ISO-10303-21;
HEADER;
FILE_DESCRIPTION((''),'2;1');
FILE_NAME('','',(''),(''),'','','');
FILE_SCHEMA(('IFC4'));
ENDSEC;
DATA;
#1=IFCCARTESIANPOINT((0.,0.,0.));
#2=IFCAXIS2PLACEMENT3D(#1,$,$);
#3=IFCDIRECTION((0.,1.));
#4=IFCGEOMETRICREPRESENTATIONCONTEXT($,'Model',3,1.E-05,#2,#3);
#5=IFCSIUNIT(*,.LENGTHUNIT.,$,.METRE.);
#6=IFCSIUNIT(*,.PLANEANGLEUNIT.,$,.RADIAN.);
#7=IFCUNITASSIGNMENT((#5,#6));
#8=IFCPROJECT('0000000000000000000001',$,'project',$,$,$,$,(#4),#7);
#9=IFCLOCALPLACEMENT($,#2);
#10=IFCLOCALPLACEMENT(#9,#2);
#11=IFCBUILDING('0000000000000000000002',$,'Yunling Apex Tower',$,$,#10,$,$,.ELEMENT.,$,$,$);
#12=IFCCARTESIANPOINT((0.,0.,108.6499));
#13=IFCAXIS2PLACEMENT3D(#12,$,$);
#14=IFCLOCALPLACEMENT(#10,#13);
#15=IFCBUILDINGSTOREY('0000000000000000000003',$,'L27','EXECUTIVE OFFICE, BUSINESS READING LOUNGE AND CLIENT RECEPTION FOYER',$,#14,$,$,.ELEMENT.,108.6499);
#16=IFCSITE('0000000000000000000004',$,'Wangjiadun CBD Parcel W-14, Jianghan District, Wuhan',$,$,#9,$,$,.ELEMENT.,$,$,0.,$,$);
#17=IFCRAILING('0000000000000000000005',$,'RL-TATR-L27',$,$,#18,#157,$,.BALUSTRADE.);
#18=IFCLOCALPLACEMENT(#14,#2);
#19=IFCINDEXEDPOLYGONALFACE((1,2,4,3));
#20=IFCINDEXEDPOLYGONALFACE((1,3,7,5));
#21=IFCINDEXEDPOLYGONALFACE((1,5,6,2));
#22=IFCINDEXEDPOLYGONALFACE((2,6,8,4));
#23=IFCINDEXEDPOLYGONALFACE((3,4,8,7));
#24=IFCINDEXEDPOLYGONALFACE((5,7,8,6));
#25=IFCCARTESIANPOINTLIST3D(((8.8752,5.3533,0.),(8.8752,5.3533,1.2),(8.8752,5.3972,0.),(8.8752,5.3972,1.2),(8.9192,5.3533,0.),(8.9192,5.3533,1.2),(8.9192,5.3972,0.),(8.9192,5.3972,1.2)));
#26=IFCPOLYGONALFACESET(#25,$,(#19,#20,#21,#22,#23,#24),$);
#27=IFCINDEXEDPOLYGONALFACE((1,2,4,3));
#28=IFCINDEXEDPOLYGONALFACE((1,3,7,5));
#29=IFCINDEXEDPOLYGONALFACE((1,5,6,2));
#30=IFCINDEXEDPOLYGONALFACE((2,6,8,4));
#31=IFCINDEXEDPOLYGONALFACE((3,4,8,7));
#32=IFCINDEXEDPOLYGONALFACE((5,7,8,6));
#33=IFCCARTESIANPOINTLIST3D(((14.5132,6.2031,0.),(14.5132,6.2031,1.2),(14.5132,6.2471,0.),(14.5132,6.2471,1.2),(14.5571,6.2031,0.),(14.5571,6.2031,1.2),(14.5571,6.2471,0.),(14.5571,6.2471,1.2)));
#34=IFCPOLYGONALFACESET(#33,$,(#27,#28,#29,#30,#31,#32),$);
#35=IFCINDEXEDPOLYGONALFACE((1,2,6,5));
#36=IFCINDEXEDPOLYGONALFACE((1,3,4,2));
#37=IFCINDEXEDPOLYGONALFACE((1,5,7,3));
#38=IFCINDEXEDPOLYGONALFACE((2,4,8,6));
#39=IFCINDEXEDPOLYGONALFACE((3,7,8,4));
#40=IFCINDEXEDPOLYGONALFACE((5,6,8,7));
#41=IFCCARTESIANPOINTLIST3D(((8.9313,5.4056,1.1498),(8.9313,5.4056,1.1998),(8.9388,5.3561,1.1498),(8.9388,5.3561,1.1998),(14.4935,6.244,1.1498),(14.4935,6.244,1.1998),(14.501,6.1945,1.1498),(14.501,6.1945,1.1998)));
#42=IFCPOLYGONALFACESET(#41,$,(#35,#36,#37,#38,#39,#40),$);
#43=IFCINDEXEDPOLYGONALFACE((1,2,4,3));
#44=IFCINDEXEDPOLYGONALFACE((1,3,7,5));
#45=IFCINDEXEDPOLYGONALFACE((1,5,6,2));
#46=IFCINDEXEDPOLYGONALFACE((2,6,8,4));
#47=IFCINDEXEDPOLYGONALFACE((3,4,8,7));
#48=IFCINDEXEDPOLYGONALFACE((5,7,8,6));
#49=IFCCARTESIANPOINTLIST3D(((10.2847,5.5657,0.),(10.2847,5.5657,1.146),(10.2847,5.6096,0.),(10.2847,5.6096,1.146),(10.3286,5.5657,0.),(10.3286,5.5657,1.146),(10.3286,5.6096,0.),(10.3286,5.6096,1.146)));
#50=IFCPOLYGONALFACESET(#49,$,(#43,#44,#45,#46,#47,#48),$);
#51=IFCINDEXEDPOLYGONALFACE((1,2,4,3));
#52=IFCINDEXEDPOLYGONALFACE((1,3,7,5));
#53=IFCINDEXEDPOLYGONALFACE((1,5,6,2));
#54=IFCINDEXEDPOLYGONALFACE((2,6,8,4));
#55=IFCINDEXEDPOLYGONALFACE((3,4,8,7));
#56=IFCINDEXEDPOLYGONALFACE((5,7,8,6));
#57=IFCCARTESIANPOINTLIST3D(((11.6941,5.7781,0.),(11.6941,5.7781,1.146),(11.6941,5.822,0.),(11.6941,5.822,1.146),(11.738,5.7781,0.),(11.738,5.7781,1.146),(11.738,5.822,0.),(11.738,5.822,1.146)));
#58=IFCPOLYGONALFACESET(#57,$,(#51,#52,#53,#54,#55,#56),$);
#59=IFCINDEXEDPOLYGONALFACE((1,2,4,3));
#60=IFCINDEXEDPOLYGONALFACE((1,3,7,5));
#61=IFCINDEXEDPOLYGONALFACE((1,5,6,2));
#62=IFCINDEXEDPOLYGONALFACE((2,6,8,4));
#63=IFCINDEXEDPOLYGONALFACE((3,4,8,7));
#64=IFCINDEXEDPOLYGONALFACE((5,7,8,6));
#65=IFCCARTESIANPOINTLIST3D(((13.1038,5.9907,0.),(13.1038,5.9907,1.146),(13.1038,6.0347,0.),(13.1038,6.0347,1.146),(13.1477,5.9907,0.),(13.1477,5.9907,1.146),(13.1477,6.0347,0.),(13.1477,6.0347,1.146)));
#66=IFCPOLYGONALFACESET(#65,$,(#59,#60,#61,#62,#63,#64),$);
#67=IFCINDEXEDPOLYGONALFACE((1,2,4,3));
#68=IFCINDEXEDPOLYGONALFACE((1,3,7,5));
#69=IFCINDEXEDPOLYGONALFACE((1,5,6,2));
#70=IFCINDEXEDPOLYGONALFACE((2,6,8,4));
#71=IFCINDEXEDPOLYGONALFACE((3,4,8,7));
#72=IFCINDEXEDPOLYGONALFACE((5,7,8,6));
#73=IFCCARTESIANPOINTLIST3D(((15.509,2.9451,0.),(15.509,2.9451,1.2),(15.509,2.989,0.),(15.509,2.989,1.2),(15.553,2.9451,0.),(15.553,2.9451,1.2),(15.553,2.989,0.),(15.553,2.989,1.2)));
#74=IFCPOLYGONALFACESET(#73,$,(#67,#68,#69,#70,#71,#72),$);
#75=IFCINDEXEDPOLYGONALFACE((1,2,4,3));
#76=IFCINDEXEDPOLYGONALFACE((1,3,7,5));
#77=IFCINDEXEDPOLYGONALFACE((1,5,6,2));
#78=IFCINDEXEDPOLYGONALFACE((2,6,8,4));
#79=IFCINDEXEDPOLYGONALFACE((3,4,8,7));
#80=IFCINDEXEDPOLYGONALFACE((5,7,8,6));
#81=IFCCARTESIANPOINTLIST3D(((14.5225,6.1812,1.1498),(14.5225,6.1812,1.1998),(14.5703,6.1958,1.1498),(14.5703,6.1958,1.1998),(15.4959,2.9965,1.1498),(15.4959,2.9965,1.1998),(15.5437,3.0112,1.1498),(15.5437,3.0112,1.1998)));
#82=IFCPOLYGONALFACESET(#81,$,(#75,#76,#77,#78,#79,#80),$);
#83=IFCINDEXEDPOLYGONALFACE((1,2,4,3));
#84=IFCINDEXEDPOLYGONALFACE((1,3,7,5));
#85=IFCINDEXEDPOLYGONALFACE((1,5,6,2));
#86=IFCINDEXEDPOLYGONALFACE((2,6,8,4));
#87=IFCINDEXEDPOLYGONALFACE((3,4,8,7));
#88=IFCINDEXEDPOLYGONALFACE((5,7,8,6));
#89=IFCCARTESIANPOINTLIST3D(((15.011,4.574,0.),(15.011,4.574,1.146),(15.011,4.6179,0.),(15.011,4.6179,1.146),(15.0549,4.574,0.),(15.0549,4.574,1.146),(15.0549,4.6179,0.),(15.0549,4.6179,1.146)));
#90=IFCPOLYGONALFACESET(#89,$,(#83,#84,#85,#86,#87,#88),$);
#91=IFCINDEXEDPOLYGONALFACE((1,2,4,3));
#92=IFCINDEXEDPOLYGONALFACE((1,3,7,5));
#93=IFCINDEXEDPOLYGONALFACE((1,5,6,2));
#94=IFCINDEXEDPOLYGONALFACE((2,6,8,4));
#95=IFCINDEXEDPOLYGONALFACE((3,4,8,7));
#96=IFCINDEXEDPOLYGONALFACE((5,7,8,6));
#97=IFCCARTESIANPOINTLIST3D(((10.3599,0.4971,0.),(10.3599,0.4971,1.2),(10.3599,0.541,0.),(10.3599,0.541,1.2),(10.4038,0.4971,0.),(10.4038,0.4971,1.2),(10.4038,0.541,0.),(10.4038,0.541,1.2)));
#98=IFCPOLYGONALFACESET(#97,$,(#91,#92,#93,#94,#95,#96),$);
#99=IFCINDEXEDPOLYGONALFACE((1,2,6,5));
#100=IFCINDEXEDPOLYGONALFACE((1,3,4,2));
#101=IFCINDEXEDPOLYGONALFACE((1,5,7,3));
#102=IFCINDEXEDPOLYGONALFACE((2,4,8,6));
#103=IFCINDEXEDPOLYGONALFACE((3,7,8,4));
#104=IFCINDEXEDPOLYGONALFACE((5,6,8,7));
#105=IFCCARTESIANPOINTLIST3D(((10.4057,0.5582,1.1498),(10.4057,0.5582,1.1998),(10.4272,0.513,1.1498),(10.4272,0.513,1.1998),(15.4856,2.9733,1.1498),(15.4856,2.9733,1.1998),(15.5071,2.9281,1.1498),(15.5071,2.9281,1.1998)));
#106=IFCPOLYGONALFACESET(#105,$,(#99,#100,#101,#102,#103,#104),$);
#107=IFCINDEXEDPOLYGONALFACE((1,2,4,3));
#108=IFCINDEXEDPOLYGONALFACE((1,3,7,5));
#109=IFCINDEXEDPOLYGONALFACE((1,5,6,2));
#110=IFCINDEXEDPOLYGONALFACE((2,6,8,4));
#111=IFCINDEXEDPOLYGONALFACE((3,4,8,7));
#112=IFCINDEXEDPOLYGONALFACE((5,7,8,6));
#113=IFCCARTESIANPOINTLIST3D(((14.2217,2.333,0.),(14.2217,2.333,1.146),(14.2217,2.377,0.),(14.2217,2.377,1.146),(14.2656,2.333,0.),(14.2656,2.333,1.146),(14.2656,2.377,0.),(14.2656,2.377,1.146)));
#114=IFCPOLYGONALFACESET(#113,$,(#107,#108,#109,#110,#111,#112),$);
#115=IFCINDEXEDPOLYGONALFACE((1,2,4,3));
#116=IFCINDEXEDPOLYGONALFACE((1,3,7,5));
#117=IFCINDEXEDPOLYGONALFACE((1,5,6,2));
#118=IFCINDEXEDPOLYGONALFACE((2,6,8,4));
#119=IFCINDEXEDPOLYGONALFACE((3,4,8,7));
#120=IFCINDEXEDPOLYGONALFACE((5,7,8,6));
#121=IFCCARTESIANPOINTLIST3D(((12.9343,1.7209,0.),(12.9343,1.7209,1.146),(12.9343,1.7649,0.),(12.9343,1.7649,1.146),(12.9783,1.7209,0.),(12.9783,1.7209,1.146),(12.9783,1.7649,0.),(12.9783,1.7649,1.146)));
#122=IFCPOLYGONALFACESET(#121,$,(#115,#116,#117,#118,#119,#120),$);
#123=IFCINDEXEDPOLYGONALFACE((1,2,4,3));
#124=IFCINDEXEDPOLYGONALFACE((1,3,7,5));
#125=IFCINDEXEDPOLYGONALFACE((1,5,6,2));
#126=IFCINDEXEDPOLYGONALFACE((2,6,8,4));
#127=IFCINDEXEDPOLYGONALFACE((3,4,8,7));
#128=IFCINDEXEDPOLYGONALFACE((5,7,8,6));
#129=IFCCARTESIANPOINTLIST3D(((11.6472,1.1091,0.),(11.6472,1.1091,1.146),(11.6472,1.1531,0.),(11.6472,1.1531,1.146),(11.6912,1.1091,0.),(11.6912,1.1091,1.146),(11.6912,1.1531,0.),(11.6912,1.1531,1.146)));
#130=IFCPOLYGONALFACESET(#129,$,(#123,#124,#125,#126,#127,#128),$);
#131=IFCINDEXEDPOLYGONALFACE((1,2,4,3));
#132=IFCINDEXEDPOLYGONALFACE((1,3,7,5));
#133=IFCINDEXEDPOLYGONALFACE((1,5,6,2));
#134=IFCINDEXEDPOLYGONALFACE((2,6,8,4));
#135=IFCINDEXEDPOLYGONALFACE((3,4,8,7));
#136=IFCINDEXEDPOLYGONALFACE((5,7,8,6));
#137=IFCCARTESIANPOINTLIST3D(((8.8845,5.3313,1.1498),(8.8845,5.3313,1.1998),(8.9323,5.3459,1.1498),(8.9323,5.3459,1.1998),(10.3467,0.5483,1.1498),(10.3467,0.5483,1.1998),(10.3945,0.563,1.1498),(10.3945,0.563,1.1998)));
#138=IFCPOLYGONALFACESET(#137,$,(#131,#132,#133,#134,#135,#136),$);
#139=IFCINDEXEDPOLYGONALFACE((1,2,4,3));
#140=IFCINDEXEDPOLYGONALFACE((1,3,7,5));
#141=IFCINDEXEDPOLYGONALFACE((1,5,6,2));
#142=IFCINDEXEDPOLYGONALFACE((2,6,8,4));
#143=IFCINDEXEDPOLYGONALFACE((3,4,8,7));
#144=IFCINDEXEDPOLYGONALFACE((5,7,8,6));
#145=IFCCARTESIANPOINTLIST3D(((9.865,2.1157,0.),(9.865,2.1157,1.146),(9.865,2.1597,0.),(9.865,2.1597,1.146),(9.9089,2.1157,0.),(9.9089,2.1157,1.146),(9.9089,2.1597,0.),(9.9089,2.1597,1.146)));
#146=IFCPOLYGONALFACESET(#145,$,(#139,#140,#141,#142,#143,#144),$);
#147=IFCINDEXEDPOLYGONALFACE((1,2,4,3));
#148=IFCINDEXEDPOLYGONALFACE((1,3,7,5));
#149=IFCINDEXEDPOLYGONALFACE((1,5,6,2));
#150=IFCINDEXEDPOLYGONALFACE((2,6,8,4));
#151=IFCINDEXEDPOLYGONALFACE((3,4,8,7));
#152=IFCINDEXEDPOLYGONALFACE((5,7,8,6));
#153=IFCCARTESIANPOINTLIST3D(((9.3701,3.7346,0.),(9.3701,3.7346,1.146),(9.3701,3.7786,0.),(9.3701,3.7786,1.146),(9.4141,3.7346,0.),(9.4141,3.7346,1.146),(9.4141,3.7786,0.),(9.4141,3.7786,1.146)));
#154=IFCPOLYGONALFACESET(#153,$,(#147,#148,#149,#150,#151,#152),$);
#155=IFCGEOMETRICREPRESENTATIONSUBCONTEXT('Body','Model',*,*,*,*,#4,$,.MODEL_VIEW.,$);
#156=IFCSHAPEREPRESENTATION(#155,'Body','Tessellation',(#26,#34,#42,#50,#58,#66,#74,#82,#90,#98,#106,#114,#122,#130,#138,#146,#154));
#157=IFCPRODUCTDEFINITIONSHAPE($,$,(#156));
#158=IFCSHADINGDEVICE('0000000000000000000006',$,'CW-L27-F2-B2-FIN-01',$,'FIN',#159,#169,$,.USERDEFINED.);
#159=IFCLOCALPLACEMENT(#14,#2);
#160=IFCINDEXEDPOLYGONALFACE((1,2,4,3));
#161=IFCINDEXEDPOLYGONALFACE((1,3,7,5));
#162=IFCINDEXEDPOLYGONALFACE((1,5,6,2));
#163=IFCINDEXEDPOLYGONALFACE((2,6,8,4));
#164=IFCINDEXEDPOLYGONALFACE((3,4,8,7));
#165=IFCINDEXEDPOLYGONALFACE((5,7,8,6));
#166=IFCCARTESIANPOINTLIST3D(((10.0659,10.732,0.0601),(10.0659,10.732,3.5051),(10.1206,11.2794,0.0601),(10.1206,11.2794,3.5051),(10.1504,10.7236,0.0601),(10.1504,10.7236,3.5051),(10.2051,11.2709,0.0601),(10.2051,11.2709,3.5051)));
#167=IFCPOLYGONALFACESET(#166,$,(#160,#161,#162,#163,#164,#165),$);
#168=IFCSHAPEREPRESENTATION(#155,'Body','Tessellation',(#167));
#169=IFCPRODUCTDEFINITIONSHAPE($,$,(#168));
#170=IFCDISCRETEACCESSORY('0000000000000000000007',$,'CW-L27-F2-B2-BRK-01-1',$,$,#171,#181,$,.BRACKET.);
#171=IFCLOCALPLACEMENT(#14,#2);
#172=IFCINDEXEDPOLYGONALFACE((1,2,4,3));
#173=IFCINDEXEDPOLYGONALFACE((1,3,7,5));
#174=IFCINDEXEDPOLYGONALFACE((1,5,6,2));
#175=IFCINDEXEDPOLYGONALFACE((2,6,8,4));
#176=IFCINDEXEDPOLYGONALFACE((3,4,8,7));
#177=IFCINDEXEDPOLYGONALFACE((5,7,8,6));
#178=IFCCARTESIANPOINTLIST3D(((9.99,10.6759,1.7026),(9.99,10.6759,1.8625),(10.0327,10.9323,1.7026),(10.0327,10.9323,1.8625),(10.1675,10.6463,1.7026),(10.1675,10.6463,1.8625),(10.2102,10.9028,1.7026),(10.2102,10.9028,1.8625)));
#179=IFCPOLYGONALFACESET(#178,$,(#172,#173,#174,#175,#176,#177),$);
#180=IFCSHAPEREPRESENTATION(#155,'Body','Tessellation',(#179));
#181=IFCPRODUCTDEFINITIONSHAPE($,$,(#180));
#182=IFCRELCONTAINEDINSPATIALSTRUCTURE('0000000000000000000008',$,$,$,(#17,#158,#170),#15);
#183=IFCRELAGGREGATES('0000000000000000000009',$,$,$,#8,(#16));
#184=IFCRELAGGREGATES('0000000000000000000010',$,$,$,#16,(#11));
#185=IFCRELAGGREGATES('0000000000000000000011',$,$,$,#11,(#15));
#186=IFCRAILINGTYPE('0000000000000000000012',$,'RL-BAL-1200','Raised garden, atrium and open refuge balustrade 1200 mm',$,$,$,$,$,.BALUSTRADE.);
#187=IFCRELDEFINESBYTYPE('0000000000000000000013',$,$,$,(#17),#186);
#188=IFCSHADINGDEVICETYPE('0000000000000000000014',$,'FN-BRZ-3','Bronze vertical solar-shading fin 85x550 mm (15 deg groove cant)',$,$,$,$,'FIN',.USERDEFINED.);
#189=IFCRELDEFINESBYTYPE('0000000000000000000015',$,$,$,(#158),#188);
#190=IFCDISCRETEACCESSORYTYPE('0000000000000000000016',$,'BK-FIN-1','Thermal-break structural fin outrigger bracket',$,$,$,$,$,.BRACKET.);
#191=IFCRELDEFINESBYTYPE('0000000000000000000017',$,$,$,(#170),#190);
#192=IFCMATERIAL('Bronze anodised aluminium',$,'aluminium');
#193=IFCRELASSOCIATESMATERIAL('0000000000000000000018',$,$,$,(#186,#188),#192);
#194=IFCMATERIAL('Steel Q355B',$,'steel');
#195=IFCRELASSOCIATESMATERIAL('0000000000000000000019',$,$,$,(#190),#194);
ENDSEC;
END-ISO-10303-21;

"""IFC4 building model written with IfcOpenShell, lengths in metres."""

from ifc_helpers import new_model, si_unit, direction, frame, origin, origin_2d, place, context, subcontext, project, spatial, rectangle, extrude, source, transform, mapped, material, material_profile, profile_set, type_object, element, save


model = new_model("IFC4")

# Units and contexts
model_context = context("Model", 3, precision=1e-05, world=origin(), true_north=direction((0.0, 1.0)))
body_context = subcontext(model_context, "Body", "Model", "MODEL_VIEW")
ifc_project = project(units=[si_unit("LENGTHUNIT", "METRE"), si_unit("PLANEANGLEUNIT", "RADIAN")], contexts=[model_context])

# Site, building, storey
site_placement = place(None, origin())
site = spatial("IfcSite", under=ifc_project, at=site_placement, Name="Wangjiadun CBD Parcel W-14, Jianghan District, Wuhan", CompositionType="ELEMENT", RefElevation=0.0)
building_placement = place(site_placement, origin())
building = spatial("IfcBuilding", under=site, at=building_placement, Name="Yunling Apex Tower", CompositionType="ELEMENT")
storey_placement = place(building_placement, frame((0.0, 0.0, 108.6499)))
storey = spatial("IfcBuildingStorey", under=building, at=storey_placement, Name="L27", Description="EXECUTIVE OFFICE, BUSINESS READING LOUNGE AND CLIENT RECEPTION FOYER", CompositionType="ELEMENT", Elevation=108.6499)

# Shared definitions
ifc_material_1 = material(Name="Steel Q355B", Category="steel")

# Shared definitions
ifc_material_2 = material(Name="Bronze anodised aluminium", Category="aluminium")

# Railing
railing_type = type_object("IfcRailingType", Name="RL-BAL-1200", Description="Raised garden, atrium and open refuge balustrade 1200 mm", PredefinedType="BALUSTRADE", material=ifc_material_2)
railing_placement = place(storey_placement, frame((8.8972, 5.3752, 0.0)))
element("IfcRailing", 1, at=railing_placement, inside=storey, type_object=railing_type, Name="RL-TATR-L27", PredefinedType="BALUSTRADE", context=body_context, shape_type="SweptSolid", body=[
    extrude(rectangle(XDim=0.0439, YDim=0.0439, at=origin_2d()), origin(), (0.0, 0.0, 1.0), 1.2),
    extrude(rectangle(XDim=0.0439, YDim=0.0439, at=origin_2d()), frame((5.6379, 0.8499, 0.0)), (0.0, 0.0, 1.0), 1.2),
    extrude(rectangle(XDim=0.05, YDim=0.05, at=origin_2d()), frame((0.0378, 0.0056, 1.1748), z_axis=(0.988829, 0.149054, 0.0), x_axis=(-0.149054, 0.988829, 0.0)), (0.0, 0.0, 1.0), 5.625),
    extrude(rectangle(XDim=0.0439, YDim=0.0439, at=origin_2d()), frame((1.4094, 0.2124, 0.0)), (0.0, 0.0, 1.0), 1.146),
    extrude(rectangle(XDim=0.0439, YDim=0.0439, at=origin_2d()), frame((2.8188, 0.4248, 0.0)), (0.0, 0.0, 1.0), 1.146),
    extrude(rectangle(XDim=0.0439, YDim=0.0439, at=origin_2d()), frame((4.2285, 0.6375, 0.0)), (0.0, 0.0, 1.0), 1.146),
    extrude(rectangle(XDim=0.0439, YDim=0.0439, at=origin_2d()), frame((6.6338, -2.4082, 0.0)), (0.0, 0.0, 1.0), 1.2),
    extrude(rectangle(XDim=0.05, YDim=0.05, at=origin_2d()), frame((5.6492, 0.8132, 1.1748), z_axis=(0.292308, -0.956324, 0.0), x_axis=(0.956324, 0.292308, 0.0)), (0.0, 0.0, 1.0), 3.3301),
    extrude(rectangle(XDim=0.0439, YDim=0.0439, at=origin_2d()), frame((6.1357, -0.7793, 0.0)), (0.0, 0.0, 1.0), 1.146),
    extrude(rectangle(XDim=0.0439, YDim=0.0439, at=origin_2d()), frame((1.4846, -4.8562, 0.0)), (0.0, 0.0, 1.0), 1.2),
    extrude(rectangle(XDim=0.05, YDim=0.05, at=origin_2d()), frame((6.5991, -2.4246, 1.1748), z_axis=(-0.903132, -0.429363, 0.0), x_axis=(0.429363, -0.903132, 0.0)), (0.0, 0.0, 1.0), 5.6248),
    extrude(rectangle(XDim=0.0439, YDim=0.0439, at=origin_2d()), frame((5.3464, -3.0203, 0.0)), (0.0, 0.0, 1.0), 1.146),
    extrude(rectangle(XDim=0.0439, YDim=0.0439, at=origin_2d()), frame((4.0591, -3.6323, 0.0)), (0.0, 0.0, 1.0), 1.146),
    extrude(rectangle(XDim=0.0439, YDim=0.0439, at=origin_2d()), frame((2.772, -4.2441, 0.0)), (0.0, 0.0, 1.0), 1.146),
    extrude(rectangle(XDim=0.05, YDim=0.05, at=origin_2d()), frame((1.4734, -4.8196, 1.1748), z_axis=(-0.292359, 0.956309, 0.0), x_axis=(-0.956309, -0.292359, 0.0)), (0.0, 0.0, 1.0), 5.0015),
    extrude(rectangle(XDim=0.0439, YDim=0.0439, at=origin_2d()), frame((0.9897, -3.2375, 0.0)), (0.0, 0.0, 1.0), 1.146),
    extrude(rectangle(XDim=0.0439, YDim=0.0439, at=origin_2d()), frame((0.4949, -1.6187, 0.0)), (0.0, 0.0, 1.0), 1.146),
])

# Shading device
ifc_material_profile_1 = material_profile(ifc_material_2, rectangle(XDim=0.085, YDim=0.55, at=origin_2d()))
ifc_profile_set_1 = profile_set([ifc_material_profile_1], Name="Bronze anodised aluminium")
shading_device_type = type_object("IfcShadingDeviceType", Name="FN-BRZ-3", Description="Bronze vertical solar-shading fin 85x550 mm (15 deg groove cant)", ElementType="FIN", PredefinedType="USERDEFINED", material=ifc_profile_set_1)
shared_shape_1 = source(origin(), body_context, "Body", "SweptSolid", [
    extrude(rectangle(XDim=0.085, YDim=0.55, at=origin_2d()), origin(), (0.0, 0.0, 1.0), 3.4451),
])
shading_device_placement = place(storey_placement, frame((10.1355, 11.0015, 0.0601), z_axis=(0.0, 0.0, 1.0), x_axis=(-0.995038, 0.099493, 0.0)))
element("IfcShadingDevice", 2, at=shading_device_placement, inside=storey, type_object=shading_device_type, Name="CW-L27-F2-B2-FIN-01", ObjectType="FIN", PredefinedType="USERDEFINED", context=body_context, shape_type="MappedRepresentation", body=[
    mapped(shared_shape_1, transform((0.0, 0.0, 0.0), scale=1.0)),
])

# Discrete accessory
discrete_accessory_type = type_object("IfcDiscreteAccessoryType", Name="BK-FIN-1", Description="Thermal-break structural fin outrigger bracket", PredefinedType="BRACKET", material=ifc_material_1)
shared_shape_2 = source(origin(), body_context, "Body", "SweptSolid", [
    extrude(rectangle(XDim=0.1799, YDim=0.26, at=origin_2d()), origin(), (0.0, 0.0, 1.0), 0.1599),
])
discrete_accessory_placement = place(storey_placement, frame((10.1001, 10.7893, 1.7026), z_axis=(0.0, 0.0, 1.0), x_axis=(-0.986401, 0.164359, 0.0)))
element("IfcDiscreteAccessory", 3, at=discrete_accessory_placement, inside=storey, type_object=discrete_accessory_type, Name="CW-L27-F2-B2-BRK-01-1", PredefinedType="BRACKET", context=body_context, shape_type="MappedRepresentation", body=[
    mapped(shared_shape_2, transform((0.0, 0.0, 0.0), scale=1.0)),
])

save(model, "model.ifc")
